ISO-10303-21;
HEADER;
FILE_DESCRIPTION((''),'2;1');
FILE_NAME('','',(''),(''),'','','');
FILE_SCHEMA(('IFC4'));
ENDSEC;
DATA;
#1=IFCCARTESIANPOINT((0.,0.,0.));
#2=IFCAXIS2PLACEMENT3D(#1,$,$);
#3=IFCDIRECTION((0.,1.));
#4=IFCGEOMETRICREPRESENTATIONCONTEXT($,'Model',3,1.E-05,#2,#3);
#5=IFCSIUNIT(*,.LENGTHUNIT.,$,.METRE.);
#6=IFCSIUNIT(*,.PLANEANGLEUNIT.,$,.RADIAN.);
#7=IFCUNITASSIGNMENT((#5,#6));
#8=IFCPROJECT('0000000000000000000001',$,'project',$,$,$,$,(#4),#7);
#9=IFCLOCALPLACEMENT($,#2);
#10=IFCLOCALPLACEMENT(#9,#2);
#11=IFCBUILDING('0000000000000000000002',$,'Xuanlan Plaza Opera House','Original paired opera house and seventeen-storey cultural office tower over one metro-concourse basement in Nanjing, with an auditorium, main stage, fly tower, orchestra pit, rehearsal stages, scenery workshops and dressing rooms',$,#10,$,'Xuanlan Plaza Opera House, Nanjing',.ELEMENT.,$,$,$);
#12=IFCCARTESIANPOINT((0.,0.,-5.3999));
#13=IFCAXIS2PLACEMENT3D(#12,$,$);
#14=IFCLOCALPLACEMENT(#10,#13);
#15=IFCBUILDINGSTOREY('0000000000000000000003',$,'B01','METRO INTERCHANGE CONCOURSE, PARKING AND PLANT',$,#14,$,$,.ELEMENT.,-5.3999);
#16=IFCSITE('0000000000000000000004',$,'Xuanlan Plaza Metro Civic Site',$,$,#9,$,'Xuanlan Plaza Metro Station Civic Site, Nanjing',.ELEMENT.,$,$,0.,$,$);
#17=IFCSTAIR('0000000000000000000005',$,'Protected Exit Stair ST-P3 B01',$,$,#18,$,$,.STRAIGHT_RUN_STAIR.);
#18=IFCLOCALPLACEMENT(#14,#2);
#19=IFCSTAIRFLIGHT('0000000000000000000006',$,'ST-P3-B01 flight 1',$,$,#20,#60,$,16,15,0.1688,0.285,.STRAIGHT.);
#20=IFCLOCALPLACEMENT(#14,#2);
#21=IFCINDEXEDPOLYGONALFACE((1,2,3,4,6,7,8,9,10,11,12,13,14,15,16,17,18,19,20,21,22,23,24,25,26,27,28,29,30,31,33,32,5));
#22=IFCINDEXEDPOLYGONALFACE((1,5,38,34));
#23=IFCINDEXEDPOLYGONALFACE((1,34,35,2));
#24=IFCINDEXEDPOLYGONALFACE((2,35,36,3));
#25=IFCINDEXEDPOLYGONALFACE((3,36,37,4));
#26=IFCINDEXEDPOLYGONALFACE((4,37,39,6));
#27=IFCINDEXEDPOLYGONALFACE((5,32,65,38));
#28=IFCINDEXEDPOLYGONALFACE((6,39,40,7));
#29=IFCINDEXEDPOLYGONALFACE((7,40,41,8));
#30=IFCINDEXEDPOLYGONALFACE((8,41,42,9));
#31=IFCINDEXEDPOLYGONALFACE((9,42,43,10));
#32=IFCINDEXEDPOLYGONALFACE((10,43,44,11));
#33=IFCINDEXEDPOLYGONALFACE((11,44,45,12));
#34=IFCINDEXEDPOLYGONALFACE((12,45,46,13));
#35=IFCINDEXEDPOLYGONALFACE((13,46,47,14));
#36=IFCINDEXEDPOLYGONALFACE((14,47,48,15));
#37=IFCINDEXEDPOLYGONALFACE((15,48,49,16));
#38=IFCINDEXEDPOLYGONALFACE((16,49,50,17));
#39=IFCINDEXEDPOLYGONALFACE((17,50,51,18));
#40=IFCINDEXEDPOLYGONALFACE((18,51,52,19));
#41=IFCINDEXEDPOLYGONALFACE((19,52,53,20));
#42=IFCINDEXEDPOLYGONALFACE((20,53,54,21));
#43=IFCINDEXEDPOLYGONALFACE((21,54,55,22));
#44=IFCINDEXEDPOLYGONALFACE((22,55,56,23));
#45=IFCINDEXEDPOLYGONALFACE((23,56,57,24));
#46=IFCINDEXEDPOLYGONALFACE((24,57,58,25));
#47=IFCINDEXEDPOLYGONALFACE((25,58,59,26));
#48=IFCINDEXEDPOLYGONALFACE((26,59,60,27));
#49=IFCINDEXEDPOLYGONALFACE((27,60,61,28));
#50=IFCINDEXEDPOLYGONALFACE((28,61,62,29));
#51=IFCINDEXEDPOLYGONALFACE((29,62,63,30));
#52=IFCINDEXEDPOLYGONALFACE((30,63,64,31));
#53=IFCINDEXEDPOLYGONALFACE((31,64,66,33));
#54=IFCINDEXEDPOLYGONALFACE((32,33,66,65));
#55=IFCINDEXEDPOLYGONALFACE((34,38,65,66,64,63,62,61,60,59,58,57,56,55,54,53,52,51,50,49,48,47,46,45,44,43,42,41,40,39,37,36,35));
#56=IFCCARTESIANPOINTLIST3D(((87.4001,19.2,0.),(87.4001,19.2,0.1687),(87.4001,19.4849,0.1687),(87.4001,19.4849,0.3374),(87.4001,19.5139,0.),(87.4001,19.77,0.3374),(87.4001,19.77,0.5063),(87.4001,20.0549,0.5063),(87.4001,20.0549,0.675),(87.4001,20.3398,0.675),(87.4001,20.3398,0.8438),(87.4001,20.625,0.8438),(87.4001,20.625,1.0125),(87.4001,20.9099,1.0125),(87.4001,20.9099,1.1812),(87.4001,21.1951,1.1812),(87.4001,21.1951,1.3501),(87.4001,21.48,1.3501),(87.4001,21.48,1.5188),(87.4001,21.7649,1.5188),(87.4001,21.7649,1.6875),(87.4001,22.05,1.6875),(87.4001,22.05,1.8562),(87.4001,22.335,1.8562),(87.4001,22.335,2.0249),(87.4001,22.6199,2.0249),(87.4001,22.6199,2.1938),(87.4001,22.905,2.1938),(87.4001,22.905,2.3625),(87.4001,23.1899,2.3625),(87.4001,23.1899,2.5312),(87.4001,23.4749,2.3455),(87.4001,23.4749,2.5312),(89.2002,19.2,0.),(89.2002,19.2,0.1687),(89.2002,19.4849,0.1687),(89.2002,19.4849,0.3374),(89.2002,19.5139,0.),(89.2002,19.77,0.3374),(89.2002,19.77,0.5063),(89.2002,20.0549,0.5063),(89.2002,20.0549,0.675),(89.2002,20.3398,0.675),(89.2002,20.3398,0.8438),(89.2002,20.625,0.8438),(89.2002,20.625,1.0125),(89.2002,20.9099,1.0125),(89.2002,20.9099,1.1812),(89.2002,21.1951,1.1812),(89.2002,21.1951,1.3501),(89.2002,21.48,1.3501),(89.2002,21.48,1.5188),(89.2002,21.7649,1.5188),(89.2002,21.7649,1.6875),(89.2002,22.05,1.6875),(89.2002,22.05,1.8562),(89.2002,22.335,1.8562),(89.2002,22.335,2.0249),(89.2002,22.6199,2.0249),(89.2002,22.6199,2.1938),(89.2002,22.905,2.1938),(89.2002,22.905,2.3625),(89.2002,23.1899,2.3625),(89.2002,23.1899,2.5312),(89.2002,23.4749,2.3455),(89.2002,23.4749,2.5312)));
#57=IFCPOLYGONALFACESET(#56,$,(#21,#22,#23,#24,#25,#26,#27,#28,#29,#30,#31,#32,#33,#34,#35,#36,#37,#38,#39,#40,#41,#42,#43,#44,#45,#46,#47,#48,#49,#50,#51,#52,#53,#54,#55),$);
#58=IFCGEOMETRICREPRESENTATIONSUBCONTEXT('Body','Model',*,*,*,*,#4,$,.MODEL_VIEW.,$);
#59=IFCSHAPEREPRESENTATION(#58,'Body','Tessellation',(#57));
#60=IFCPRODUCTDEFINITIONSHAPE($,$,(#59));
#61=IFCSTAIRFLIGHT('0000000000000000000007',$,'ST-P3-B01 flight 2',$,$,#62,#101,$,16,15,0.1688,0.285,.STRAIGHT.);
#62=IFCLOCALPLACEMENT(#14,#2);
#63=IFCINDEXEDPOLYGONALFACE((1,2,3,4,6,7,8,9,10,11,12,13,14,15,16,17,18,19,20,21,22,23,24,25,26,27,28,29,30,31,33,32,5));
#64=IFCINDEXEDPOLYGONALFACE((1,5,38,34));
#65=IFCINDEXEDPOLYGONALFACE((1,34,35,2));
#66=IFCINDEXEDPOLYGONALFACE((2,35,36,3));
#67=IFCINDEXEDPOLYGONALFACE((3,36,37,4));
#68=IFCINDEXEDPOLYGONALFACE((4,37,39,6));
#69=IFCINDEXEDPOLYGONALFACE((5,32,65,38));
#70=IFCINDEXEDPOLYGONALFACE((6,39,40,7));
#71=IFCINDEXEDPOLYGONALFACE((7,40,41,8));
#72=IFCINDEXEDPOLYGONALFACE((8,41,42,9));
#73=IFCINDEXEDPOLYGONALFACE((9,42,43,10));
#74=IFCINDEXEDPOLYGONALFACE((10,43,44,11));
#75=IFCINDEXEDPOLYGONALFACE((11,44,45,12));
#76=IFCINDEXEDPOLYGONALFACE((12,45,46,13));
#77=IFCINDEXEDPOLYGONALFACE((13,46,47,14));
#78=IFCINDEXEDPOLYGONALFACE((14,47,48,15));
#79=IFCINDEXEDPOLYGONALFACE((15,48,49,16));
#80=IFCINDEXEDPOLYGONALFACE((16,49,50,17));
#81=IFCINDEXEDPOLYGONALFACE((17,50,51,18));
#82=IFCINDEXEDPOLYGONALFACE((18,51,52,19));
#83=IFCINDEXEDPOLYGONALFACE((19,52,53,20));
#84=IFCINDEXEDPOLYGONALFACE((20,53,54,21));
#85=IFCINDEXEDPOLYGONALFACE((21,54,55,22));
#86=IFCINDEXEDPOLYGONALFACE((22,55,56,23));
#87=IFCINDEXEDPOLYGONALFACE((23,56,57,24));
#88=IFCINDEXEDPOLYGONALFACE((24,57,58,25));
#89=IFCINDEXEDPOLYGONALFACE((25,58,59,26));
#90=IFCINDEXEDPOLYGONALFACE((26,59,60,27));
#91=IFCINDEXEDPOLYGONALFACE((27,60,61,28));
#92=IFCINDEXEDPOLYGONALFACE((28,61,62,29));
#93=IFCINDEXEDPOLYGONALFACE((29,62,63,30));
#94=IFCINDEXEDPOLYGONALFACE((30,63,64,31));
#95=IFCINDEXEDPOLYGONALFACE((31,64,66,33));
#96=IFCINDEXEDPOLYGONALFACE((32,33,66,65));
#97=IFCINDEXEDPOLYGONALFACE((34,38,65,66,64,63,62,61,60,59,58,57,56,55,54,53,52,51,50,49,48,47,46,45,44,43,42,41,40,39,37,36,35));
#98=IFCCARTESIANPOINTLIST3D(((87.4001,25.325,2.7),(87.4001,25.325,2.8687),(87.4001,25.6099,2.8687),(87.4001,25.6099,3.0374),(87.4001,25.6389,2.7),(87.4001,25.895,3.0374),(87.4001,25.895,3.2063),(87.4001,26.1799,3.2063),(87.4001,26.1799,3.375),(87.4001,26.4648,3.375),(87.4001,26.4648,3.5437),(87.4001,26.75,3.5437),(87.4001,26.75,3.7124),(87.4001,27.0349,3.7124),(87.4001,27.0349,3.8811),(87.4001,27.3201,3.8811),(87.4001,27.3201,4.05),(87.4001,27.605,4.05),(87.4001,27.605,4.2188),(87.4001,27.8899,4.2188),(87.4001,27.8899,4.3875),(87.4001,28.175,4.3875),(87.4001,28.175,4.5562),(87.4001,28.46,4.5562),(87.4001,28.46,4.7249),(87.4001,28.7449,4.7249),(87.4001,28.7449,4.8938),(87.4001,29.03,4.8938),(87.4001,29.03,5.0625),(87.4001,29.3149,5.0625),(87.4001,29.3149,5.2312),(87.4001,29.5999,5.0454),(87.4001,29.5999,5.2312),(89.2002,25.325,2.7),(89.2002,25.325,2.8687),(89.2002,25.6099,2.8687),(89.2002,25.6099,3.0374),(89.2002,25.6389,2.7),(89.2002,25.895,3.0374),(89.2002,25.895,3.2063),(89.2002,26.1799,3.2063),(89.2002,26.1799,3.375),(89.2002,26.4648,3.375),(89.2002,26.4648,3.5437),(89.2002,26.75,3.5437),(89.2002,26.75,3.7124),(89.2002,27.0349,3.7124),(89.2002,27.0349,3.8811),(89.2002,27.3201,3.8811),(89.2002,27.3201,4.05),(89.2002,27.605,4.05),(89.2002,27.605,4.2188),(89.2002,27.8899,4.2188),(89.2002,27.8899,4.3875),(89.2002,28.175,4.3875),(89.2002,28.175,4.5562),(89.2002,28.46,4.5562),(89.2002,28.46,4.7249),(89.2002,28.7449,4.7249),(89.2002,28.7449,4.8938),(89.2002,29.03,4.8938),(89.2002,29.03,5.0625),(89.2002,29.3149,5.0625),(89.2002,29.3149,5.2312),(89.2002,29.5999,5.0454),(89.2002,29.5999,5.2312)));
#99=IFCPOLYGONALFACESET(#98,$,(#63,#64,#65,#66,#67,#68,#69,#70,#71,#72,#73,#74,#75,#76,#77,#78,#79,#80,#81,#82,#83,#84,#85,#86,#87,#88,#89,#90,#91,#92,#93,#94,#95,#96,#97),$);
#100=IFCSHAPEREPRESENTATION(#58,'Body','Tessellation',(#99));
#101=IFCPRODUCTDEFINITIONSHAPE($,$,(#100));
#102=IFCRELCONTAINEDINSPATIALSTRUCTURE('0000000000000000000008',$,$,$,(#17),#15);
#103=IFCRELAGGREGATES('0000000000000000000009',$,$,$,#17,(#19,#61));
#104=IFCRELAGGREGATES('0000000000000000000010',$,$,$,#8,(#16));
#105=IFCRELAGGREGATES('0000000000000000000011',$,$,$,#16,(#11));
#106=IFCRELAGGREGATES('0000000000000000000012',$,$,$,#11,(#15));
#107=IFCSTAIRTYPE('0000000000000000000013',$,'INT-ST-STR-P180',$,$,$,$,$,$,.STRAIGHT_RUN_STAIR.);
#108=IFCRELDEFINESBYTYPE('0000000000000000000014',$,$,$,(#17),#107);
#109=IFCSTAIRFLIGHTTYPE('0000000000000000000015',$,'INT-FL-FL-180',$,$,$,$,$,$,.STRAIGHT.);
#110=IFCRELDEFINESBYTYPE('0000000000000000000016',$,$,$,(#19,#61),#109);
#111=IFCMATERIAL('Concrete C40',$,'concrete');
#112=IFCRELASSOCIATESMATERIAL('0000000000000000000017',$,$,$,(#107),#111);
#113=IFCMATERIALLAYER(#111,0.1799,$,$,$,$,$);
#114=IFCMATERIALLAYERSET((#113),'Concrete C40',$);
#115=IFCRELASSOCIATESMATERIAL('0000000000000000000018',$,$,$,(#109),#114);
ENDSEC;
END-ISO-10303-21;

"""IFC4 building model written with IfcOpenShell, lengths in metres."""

from ifc_helpers import new_model, si_unit, direction, frame, origin, place, context, subcontext, project, spatial, polyline, outline, extrude, material, layer, layer_set, type_object, element, aggregate, save


model = new_model("IFC4")

# Units and contexts
model_context = context("Model", 3, precision=1e-05, world=origin(), true_north=direction((0.0, 1.0)))
body_context = subcontext(model_context, "Body", "Model", "MODEL_VIEW")
ifc_project = project(units=[si_unit("LENGTHUNIT", "METRE"), si_unit("PLANEANGLEUNIT", "RADIAN")], contexts=[model_context])

# Site, building, storey
site_placement = place(None, origin())
site = spatial("IfcSite", under=ifc_project, at=site_placement, Name="Xuanlan Plaza Metro Civic Site", LongName="Xuanlan Plaza Metro Station Civic Site, Nanjing", CompositionType="ELEMENT", RefElevation=0.0)
building_placement = place(site_placement, origin())
building = spatial("IfcBuilding", under=site, at=building_placement, Name="Xuanlan Plaza Opera House", Description="Original paired opera house and seventeen-storey cultural office tower over one metro-concourse basement in Nanjing, with an auditorium, main stage, fly tower, orchestra pit, rehearsal stages, scenery workshops and dressing rooms", LongName="Xuanlan Plaza Opera House, Nanjing", CompositionType="ELEMENT")
storey_placement = place(building_placement, frame((0.0, 0.0, -5.3999)))
storey = spatial("IfcBuildingStorey", under=building, at=storey_placement, Name="B01", Description="METRO INTERCHANGE CONCOURSE, PARKING AND PLANT", CompositionType="ELEMENT", Elevation=-5.3999)

# Shared definitions
ifc_material_1 = material(Name="Concrete C40", Category="concrete")

# Stair, stair flights
stair_type = type_object("IfcStairType", Name="INT-ST-STR-P180", PredefinedType="STRAIGHT_RUN_STAIR", material=ifc_material_1)
stair_placement = place(storey_placement, origin())
stair = element("IfcStair", 1, at=stair_placement, inside=storey, type_object=stair_type, Name="Protected Exit Stair ST-P3 B01", PredefinedType="STRAIGHT_RUN_STAIR")
ifc_layer_1 = layer(ifc_material_1, 0.1799)
ifc_layer_set_1 = layer_set([ifc_layer_1], Name="Concrete C40")
stair_flight_type = type_object("IfcStairFlightType", Name="INT-FL-FL-180", PredefinedType="STRAIGHT", material=ifc_layer_set_1)
stair_flight_1_placement = place(storey_placement, frame((88.3, 19.2, 0.0), z_axis=(0.0, 0.0, 1.0), x_axis=(0.0, 1.0, 0.0)))
stair_flight_1 = element("IfcStairFlight", 2, at=stair_flight_1_placement, type_object=stair_flight_type, Name="ST-P3-B01 flight 1", NumberOfRisers=16, NumberOfTreads=15, PredefinedType="STRAIGHT", RiserHeight=0.1688, TreadLength=0.285, context=body_context, shape_type="SweptSolid", body=[
    extrude(outline(polyline([(0.0, 0.0), (0.0, 0.1687), (0.2849, 0.1687), (0.2849, 0.3374), (0.5701, 0.3374), (0.5701, 0.5063), (0.855, 0.5063), (0.855, 0.675), (1.1399, 0.675), (1.1399, 0.8438), (1.425, 0.8438), (1.425, 1.0125), (1.71, 1.0125), (1.71, 1.1812), (1.9951, 1.1812), (1.9951, 1.3501), (2.28, 1.3501), (2.28, 1.5188), (2.5649, 1.5188), (2.5649, 1.6875), (2.8501, 1.6875), (2.8501, 1.8562), (3.135, 1.8562), (3.135, 2.0249), (3.4199, 2.0249), (3.4199, 2.1938), (3.7051, 2.1938), (3.7051, 2.3625), (3.99, 2.3625), (3.99, 2.5312), (4.2749, 2.5312), (4.2749, 2.7), (4.2749, 2.3455), (0.314, 0.0), (0.0, 0.0)])), frame((0.0, 0.8999, 0.0), z_axis=(0.0, -1.0, 0.0), x_axis=(1.0, 0.0, 0.0)), (0.0, 0.0, 1.0), 1.8),
])
stair_flight_2_placement = place(storey_placement, frame((88.3, 25.325, 2.7), z_axis=(0.0, 0.0, 1.0), x_axis=(0.0, 1.0, 0.0)))
stair_flight_2 = element("IfcStairFlight", 3, at=stair_flight_2_placement, type_object=stair_flight_type, Name="ST-P3-B01 flight 2", NumberOfRisers=16, NumberOfTreads=15, PredefinedType="STRAIGHT", RiserHeight=0.1688, TreadLength=0.285, context=body_context, shape_type="SweptSolid", body=[
    extrude(outline(polyline([(0.0, 0.0), (0.0, 0.1687), (0.2849, 0.1687), (0.2849, 0.3374), (0.5701, 0.3374), (0.5701, 0.5063), (0.855, 0.5063), (0.855, 0.675), (1.1399, 0.675), (1.1399, 0.8438), (1.425, 0.8438), (1.425, 1.0125), (1.71, 1.0125), (1.71, 1.1812), (1.9951, 1.1812), (1.9951, 1.3501), (2.28, 1.3501), (2.28, 1.5188), (2.5649, 1.5188), (2.5649, 1.6875), (2.8501, 1.6875), (2.8501, 1.8562), (3.135, 1.8562), (3.135, 2.0249), (3.4199, 2.0249), (3.4199, 2.1938), (3.7051, 2.1938), (3.7051, 2.3625), (3.99, 2.3625), (3.99, 2.5312), (4.2749, 2.5312), (4.2749, 2.7), (4.2749, 2.3455), (0.314, 0.0), (0.0, 0.0)])), frame((0.0, 0.8999, 0.0), z_axis=(0.0, -1.0, 0.0), x_axis=(1.0, 0.0, 0.0)), (0.0, 0.0, 1.0), 1.8),
])
aggregate(stair, [stair_flight_1, stair_flight_2])

save(model, "model.ifc")
